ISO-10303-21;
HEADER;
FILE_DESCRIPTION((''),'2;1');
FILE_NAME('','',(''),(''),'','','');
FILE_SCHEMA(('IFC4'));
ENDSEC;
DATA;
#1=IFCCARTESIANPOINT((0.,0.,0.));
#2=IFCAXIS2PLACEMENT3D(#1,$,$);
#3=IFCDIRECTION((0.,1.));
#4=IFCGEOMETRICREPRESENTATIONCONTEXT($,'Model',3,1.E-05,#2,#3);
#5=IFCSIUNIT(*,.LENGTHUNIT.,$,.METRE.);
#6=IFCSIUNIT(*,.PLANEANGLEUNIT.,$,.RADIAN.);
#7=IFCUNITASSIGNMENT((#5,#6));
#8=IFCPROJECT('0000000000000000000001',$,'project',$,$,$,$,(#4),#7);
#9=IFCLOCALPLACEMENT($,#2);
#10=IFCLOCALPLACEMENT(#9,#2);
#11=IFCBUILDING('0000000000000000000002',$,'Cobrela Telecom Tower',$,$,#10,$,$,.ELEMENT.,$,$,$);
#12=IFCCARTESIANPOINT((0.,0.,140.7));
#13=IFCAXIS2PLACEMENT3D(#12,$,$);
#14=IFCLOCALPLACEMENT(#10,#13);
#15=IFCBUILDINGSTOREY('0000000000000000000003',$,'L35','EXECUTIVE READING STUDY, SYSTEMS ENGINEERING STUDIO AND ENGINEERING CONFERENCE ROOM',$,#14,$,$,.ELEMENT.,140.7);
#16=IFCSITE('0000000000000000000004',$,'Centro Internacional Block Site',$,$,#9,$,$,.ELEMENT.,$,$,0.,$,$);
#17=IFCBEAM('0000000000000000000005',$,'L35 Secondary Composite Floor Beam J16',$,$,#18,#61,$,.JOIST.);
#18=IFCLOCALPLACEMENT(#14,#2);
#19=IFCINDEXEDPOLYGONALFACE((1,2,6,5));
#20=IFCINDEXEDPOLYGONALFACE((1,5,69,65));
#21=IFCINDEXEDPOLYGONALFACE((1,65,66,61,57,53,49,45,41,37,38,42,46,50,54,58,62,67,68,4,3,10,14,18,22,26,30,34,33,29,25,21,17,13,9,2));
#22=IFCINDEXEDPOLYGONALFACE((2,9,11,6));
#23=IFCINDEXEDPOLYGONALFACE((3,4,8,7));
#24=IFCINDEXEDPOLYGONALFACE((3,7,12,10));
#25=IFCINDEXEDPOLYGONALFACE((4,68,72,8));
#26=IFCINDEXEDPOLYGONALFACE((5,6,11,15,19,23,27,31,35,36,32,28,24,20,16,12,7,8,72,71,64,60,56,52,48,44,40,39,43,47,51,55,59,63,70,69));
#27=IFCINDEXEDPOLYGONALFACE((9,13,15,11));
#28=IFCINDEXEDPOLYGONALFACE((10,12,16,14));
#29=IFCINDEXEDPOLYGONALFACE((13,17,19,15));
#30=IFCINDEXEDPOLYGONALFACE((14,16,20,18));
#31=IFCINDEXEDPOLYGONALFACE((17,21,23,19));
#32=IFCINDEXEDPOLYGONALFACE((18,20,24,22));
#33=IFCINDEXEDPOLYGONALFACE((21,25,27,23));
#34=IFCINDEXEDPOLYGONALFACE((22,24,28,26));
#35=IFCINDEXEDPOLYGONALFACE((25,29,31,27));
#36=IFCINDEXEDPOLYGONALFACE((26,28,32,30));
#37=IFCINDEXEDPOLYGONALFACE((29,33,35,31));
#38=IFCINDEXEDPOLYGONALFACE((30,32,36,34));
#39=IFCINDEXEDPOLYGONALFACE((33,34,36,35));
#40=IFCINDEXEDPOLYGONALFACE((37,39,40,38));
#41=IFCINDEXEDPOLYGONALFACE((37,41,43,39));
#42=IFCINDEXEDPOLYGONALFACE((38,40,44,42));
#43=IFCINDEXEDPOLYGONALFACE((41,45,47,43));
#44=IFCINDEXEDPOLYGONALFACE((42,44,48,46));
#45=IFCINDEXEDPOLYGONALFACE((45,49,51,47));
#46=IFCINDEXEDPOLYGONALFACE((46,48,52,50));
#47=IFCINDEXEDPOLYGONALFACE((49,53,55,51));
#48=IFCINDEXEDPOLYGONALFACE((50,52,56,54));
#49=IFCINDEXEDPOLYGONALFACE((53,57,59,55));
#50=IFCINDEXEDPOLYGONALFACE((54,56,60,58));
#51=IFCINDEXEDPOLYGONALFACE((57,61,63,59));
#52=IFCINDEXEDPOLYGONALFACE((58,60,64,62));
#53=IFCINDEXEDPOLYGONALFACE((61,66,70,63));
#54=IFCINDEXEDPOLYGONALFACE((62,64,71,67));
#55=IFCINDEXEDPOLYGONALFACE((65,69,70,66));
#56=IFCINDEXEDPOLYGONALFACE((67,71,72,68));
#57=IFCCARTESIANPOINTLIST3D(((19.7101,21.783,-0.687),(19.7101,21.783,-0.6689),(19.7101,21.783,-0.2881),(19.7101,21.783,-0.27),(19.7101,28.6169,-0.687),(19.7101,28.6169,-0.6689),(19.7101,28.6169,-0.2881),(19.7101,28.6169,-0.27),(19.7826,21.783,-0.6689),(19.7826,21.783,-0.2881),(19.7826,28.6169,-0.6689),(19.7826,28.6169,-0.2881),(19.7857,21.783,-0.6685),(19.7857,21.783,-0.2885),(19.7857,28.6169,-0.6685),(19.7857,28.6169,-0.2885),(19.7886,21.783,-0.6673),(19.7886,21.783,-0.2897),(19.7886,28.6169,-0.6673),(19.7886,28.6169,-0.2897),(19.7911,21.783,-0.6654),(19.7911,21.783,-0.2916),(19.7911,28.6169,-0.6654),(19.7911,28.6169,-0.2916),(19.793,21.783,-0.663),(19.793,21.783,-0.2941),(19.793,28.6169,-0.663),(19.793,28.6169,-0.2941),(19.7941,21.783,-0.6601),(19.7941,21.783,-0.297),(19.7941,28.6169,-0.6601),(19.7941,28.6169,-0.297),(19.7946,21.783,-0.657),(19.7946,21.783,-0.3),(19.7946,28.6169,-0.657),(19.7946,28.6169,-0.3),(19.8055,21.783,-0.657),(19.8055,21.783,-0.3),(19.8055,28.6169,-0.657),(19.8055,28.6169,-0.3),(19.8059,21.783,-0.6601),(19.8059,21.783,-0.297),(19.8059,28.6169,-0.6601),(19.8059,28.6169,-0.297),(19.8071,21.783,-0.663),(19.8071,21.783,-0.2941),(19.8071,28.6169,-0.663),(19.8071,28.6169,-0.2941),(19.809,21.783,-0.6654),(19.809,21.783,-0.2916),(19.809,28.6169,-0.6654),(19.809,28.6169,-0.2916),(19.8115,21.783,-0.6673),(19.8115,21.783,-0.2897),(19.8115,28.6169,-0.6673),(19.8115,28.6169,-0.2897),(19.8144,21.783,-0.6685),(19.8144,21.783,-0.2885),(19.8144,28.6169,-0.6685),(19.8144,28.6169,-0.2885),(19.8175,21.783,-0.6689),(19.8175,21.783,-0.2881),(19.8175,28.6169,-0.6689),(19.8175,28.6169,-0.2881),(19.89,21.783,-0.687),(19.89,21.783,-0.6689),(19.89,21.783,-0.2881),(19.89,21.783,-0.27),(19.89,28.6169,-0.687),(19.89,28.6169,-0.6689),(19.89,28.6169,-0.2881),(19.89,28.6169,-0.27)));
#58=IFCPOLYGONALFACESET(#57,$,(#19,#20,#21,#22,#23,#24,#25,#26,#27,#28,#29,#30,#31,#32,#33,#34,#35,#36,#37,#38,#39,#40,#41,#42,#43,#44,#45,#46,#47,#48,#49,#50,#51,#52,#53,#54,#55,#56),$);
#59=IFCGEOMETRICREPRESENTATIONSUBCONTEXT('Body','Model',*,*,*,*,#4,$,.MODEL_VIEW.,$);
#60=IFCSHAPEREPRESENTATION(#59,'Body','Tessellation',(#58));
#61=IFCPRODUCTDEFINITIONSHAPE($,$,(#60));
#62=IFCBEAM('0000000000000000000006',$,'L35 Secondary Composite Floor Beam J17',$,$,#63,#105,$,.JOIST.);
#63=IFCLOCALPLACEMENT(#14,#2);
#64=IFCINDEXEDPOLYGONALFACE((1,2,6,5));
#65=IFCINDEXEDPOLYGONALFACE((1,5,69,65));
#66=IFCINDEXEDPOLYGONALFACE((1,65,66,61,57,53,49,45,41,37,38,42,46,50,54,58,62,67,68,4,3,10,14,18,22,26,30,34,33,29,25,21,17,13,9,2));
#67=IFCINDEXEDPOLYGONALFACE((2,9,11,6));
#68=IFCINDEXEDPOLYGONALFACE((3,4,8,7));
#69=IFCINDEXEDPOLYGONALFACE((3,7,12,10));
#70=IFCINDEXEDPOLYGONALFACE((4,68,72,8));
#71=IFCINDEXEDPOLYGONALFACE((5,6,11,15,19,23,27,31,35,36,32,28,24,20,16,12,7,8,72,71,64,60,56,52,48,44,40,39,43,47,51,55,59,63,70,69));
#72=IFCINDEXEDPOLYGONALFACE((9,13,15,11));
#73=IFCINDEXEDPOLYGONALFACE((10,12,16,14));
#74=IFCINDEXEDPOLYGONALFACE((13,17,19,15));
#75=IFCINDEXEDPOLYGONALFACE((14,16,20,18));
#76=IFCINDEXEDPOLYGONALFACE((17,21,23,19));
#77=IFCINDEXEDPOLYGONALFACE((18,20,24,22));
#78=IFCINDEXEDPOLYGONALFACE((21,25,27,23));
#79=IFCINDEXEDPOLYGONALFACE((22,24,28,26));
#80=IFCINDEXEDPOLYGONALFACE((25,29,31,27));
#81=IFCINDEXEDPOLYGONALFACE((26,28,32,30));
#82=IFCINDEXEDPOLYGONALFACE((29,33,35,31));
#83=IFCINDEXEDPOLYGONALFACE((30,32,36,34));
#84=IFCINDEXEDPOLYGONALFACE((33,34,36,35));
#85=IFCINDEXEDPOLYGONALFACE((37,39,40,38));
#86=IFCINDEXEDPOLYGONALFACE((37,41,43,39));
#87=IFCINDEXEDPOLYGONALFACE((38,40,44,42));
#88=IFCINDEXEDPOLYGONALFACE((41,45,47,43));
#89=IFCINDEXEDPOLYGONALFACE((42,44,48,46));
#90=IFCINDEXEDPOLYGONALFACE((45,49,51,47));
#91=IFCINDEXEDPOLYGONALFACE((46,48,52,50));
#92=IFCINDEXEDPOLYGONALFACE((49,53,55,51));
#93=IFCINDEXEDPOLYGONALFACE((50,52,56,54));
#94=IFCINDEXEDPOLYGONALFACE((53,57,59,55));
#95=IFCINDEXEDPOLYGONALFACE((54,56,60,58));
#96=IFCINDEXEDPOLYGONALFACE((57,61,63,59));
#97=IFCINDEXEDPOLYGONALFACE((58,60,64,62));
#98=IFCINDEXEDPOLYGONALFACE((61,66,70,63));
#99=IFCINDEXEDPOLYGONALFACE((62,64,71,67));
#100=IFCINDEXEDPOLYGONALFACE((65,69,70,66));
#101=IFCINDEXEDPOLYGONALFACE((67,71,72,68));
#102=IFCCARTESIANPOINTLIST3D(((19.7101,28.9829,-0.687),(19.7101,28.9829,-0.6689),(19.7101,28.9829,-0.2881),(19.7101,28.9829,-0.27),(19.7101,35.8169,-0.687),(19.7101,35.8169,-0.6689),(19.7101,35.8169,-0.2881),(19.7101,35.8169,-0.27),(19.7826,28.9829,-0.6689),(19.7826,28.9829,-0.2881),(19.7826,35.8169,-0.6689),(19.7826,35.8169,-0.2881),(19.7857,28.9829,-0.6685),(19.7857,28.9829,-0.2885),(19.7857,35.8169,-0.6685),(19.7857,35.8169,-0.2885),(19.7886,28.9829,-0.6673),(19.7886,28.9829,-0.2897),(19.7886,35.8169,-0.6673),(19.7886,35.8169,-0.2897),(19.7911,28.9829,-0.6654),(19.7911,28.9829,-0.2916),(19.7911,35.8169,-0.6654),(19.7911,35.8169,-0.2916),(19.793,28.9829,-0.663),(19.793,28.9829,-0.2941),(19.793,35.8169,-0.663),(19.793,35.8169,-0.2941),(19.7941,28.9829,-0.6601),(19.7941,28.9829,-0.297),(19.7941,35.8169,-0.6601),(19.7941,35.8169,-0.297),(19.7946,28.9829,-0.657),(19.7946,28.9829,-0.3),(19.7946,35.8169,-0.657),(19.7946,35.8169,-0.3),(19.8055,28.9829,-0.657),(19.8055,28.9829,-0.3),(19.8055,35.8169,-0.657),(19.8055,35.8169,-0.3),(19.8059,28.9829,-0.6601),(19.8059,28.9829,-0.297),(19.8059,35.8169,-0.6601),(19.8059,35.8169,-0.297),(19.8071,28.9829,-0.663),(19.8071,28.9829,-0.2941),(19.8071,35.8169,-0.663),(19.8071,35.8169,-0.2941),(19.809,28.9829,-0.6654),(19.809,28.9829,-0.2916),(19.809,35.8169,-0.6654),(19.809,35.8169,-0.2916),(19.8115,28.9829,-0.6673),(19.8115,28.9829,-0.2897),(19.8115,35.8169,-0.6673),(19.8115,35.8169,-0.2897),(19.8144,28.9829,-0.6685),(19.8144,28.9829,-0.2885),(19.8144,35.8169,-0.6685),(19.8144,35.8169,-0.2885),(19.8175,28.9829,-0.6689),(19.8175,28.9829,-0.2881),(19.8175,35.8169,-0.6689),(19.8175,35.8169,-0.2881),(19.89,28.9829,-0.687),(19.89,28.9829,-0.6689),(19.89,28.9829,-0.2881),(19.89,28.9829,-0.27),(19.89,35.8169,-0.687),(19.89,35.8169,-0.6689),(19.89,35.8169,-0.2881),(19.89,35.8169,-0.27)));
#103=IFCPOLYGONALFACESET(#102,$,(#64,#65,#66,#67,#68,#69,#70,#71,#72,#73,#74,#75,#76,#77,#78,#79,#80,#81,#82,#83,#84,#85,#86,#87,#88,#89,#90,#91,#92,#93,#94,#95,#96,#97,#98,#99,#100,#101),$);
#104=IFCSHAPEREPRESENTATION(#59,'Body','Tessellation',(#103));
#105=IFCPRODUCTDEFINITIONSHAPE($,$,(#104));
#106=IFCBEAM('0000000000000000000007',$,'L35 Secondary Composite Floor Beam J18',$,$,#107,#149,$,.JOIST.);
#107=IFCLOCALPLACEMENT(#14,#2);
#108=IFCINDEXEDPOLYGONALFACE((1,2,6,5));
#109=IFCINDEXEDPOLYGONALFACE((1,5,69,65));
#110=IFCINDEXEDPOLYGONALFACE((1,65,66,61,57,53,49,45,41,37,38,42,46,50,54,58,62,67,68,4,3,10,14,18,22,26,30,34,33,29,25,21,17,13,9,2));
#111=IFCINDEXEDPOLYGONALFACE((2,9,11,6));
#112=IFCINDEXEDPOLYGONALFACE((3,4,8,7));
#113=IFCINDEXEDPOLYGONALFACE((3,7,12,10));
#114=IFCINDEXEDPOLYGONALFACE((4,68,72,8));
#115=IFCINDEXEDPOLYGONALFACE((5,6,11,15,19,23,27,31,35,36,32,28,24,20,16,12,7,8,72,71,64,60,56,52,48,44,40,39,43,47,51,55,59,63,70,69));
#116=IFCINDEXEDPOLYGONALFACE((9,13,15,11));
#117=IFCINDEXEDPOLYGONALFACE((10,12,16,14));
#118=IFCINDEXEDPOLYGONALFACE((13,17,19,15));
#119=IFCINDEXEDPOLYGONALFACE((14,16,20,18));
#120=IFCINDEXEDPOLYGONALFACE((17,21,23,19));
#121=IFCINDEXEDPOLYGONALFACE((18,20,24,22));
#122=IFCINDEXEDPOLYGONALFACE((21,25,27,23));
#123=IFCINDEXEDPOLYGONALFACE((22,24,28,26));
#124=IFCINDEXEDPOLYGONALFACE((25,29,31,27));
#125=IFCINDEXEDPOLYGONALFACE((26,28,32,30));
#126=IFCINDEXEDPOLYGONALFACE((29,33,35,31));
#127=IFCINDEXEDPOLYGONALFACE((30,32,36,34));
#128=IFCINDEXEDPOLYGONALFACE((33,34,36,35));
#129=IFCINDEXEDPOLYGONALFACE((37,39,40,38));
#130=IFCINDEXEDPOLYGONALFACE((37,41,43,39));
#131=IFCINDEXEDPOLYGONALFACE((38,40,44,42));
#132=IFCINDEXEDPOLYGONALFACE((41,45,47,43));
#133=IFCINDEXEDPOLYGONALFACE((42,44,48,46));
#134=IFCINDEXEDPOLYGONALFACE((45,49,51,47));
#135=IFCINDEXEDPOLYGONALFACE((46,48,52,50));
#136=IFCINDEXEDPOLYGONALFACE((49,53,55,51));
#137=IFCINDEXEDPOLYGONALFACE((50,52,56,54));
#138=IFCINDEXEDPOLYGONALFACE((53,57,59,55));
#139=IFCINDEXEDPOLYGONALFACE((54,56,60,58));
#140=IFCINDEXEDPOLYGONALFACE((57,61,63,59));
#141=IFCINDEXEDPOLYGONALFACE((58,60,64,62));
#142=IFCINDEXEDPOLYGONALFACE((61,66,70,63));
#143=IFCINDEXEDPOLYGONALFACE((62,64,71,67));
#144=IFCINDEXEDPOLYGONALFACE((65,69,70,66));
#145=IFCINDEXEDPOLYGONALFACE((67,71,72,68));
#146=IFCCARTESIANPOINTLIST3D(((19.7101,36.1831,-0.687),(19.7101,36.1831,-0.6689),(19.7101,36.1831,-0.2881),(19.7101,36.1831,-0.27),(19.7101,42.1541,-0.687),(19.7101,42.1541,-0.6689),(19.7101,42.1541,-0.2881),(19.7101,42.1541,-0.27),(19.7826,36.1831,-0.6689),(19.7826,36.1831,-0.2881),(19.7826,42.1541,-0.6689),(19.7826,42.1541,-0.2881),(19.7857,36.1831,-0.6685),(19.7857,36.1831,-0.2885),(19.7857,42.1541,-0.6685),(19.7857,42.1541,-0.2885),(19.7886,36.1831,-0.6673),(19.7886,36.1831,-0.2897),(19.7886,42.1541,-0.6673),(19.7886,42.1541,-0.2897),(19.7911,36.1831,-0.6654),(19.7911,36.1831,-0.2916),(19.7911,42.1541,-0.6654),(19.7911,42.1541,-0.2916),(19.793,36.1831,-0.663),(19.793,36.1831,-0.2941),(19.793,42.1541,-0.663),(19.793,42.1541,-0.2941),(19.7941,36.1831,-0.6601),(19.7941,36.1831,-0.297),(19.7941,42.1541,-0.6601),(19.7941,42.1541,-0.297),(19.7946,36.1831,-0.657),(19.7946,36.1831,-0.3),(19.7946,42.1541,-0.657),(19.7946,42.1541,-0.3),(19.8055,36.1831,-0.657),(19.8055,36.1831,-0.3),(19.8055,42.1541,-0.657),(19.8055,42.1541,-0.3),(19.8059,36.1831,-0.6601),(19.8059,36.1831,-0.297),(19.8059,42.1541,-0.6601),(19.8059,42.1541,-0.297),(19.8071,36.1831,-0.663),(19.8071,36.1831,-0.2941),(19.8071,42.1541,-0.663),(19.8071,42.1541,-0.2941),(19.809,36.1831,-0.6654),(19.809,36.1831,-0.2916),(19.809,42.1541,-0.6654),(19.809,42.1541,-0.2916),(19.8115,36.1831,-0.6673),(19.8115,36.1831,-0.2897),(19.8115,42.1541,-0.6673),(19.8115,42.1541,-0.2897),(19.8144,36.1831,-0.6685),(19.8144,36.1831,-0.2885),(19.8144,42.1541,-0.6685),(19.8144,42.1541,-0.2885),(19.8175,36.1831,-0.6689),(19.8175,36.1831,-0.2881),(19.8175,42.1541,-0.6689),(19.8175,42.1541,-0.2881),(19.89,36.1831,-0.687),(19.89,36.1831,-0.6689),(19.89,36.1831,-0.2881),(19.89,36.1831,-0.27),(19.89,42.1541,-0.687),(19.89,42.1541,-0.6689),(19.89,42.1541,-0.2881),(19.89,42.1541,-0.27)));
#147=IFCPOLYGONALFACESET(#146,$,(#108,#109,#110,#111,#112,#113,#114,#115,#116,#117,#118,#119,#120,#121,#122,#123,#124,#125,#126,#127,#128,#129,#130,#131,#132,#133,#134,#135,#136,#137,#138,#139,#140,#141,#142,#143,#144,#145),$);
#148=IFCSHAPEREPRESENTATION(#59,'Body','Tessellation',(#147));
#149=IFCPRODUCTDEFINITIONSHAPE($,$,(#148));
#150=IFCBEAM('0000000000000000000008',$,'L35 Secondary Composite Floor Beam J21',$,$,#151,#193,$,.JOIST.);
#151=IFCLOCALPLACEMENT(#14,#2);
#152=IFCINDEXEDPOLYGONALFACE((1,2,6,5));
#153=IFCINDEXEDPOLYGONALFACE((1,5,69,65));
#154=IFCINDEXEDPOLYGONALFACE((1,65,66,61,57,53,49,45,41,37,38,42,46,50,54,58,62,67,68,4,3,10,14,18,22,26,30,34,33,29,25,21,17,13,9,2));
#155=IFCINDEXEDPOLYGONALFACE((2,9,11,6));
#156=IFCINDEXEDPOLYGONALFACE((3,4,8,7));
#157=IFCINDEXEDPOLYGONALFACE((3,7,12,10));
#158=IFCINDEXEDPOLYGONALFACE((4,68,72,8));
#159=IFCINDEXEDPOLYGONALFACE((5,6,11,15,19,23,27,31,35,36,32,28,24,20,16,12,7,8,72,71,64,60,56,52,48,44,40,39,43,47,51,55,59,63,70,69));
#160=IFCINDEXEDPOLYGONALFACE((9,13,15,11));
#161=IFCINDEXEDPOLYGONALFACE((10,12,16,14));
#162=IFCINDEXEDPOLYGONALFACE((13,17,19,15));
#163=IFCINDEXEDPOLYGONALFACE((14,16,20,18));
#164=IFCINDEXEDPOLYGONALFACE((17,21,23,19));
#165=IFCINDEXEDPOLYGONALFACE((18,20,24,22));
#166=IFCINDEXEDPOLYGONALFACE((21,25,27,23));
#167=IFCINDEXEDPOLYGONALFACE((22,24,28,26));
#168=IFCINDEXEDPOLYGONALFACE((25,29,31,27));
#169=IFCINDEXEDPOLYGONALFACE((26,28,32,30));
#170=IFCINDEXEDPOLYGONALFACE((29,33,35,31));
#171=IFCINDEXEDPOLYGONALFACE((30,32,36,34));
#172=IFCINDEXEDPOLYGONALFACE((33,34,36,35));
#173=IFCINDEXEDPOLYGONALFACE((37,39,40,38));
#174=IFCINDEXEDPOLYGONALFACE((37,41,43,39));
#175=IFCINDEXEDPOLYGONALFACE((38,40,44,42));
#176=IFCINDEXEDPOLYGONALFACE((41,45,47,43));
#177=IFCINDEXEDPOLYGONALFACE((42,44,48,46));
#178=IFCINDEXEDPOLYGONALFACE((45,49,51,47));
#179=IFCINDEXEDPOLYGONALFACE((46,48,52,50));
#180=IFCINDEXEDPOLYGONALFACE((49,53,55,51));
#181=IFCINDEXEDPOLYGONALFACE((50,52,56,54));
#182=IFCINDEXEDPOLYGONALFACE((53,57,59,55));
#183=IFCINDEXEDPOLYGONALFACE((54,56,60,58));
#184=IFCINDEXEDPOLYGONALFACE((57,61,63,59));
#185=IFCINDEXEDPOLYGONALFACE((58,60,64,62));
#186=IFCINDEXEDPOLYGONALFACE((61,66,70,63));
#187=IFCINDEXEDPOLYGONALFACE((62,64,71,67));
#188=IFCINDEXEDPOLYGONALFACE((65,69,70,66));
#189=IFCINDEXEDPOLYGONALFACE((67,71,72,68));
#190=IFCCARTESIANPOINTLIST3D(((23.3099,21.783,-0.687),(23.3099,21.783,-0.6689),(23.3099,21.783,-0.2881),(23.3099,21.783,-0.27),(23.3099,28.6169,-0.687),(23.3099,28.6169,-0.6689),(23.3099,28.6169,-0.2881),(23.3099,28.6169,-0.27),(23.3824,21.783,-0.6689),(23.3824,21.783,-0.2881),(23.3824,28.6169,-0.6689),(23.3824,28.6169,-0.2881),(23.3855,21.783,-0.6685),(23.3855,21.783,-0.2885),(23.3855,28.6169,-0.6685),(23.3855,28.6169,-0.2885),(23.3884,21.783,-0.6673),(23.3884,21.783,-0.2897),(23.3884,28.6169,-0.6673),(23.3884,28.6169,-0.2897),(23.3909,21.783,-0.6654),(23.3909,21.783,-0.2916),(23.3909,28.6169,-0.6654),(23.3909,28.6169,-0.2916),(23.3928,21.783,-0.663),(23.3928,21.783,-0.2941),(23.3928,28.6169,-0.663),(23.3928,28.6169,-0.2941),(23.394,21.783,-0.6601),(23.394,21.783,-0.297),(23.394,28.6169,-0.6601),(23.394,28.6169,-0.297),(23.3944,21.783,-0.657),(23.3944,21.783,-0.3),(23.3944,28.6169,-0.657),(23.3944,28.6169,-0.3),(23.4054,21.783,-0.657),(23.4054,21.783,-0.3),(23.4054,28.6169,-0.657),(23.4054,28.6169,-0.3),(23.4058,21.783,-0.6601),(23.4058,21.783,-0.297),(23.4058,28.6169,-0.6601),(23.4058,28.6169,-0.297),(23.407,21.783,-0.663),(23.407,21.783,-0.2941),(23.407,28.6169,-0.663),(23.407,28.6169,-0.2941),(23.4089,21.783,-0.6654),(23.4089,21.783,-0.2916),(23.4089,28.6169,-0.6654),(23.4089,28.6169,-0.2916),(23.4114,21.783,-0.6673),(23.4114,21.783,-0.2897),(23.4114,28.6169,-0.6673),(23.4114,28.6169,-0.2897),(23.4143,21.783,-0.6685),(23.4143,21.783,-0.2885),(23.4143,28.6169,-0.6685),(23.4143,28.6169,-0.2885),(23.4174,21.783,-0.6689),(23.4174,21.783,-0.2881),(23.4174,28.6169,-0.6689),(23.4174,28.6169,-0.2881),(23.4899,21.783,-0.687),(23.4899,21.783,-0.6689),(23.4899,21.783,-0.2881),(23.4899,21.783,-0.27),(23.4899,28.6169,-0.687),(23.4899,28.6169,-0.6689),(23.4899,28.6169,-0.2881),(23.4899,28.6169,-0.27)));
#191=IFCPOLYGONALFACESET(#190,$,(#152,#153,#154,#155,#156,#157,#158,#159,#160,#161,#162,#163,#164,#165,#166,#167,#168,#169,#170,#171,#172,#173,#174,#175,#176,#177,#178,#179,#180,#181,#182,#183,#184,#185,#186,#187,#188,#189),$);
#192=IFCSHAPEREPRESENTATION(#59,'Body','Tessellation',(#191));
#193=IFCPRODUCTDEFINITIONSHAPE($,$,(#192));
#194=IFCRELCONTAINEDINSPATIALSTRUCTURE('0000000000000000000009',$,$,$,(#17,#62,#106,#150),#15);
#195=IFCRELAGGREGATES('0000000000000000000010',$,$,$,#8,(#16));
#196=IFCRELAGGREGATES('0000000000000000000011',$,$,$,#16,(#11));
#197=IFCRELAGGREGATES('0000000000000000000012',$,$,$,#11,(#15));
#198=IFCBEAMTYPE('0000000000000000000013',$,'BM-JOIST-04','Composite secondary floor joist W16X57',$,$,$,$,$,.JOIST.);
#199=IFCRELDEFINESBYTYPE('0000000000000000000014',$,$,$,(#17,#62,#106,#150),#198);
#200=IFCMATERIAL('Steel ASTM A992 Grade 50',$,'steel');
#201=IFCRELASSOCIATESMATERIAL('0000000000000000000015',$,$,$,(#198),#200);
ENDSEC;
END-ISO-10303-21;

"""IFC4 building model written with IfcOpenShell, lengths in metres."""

from ifc_helpers import new_model, si_unit, direction, frame, origin, origin_2d, place, context, subcontext, project, spatial, i_section, extrude, material, material_profile, profile_set, type_object, element, save


model = new_model("IFC4")

# Units and contexts
model_context = context("Model", 3, precision=1e-05, world=origin(), true_north=direction((0.0, 1.0)))
body_context = subcontext(model_context, "Body", "Model", "MODEL_VIEW")
ifc_project = project(units=[si_unit("LENGTHUNIT", "METRE"), si_unit("PLANEANGLEUNIT", "RADIAN")], contexts=[model_context])

# Site, building, storey
site_placement = place(None, origin())
site = spatial("IfcSite", under=ifc_project, at=site_placement, Name="Centro Internacional Block Site", CompositionType="ELEMENT", RefElevation=0.0)
building_placement = place(site_placement, origin())
building = spatial("IfcBuilding", under=site, at=building_placement, Name="Cobrela Telecom Tower", CompositionType="ELEMENT")
storey_placement = place(building_placement, frame((0.0, 0.0, 140.7)))
storey = spatial("IfcBuildingStorey", under=building, at=storey_placement, Name="L35", Description="EXECUTIVE READING STUDY, SYSTEMS ENGINEERING STUDIO AND ENGINEERING CONFERENCE ROOM", CompositionType="ELEMENT", Elevation=140.7)

# Shared definitions
ifc_material_1 = material(Name="Steel ASTM A992 Grade 50", Category="steel")

# Beams
ifc_material_profile_1 = material_profile(ifc_material_1, i_section(OverallWidth=0.1799, OverallDepth=0.417, WebThickness=0.011, FlangeThickness=0.0181, FilletRadius=0.012, at=origin_2d()), Name="W16X57")
ifc_profile_set_1 = profile_set([ifc_material_profile_1], Name="Steel ASTM A992 Grade 50")
beam_type_1 = type_object("IfcBeamType", Name="BM-JOIST-04", Description="Composite secondary floor joist W16X57", PredefinedType="JOIST", material=ifc_profile_set_1)
for number, where, z_axis, x_axis, name in (
    (1, (19.8, 21.783, -0.4785), (0.0, 1.0, 0.0), (-1.0, 0.0, 0.0), "L35 Secondary Composite Floor Beam J16"),
    (2, (19.8, 28.9829, -0.4785), (0.0, 1.0, 0.0), (-1.0, 0.0, 0.0), "L35 Secondary Composite Floor Beam J17"),
):
    element("IfcBeam", number, at=place(storey_placement, frame(where, z_axis=z_axis, x_axis=x_axis)), inside=storey, type_object=beam_type_1, Name=name, PredefinedType="JOIST", context=body_context, shape_type="SweptSolid", body=[
        extrude(i_section(OverallWidth=0.1799, OverallDepth=0.417, WebThickness=0.011, FlangeThickness=0.0181, FilletRadius=0.012, at=origin_2d()), origin(), (0.0, 0.0, 1.0), 6.834),
    ])
beam_1_placement = place(storey_placement, frame((19.8, 36.1831, -0.4785), z_axis=(0.0, 1.0, 0.0), x_axis=(-1.0, 0.0, 0.0)))
element("IfcBeam", 3, at=beam_1_placement, inside=storey, type_object=beam_type_1, Name="L35 Secondary Composite Floor Beam J18", PredefinedType="JOIST", context=body_context, shape_type="SweptSolid", body=[
    extrude(i_section(OverallWidth=0.1799, OverallDepth=0.417, WebThickness=0.011, FlangeThickness=0.0181, FilletRadius=0.012, at=origin_2d()), origin(), (0.0, 0.0, 1.0), 5.9709),
])
for number, where, z_axis, x_axis, name in (
    (4, (23.3999, 21.783, -0.4785), (0.0, 1.0, 0.0), (-1.0, 0.0, 0.0), "L35 Secondary Composite Floor Beam J21"),
):
    element("IfcBeam", number, at=place(storey_placement, frame(where, z_axis=z_axis, x_axis=x_axis)), inside=storey, type_object=beam_type_1, Name=name, PredefinedType="JOIST", context=body_context, shape_type="SweptSolid", body=[
        extrude(i_section(OverallWidth=0.1799, OverallDepth=0.417, WebThickness=0.011, FlangeThickness=0.0181, FilletRadius=0.012, at=origin_2d()), origin(), (0.0, 0.0, 1.0), 6.834),
    ])

save(model, "model.ifc")
